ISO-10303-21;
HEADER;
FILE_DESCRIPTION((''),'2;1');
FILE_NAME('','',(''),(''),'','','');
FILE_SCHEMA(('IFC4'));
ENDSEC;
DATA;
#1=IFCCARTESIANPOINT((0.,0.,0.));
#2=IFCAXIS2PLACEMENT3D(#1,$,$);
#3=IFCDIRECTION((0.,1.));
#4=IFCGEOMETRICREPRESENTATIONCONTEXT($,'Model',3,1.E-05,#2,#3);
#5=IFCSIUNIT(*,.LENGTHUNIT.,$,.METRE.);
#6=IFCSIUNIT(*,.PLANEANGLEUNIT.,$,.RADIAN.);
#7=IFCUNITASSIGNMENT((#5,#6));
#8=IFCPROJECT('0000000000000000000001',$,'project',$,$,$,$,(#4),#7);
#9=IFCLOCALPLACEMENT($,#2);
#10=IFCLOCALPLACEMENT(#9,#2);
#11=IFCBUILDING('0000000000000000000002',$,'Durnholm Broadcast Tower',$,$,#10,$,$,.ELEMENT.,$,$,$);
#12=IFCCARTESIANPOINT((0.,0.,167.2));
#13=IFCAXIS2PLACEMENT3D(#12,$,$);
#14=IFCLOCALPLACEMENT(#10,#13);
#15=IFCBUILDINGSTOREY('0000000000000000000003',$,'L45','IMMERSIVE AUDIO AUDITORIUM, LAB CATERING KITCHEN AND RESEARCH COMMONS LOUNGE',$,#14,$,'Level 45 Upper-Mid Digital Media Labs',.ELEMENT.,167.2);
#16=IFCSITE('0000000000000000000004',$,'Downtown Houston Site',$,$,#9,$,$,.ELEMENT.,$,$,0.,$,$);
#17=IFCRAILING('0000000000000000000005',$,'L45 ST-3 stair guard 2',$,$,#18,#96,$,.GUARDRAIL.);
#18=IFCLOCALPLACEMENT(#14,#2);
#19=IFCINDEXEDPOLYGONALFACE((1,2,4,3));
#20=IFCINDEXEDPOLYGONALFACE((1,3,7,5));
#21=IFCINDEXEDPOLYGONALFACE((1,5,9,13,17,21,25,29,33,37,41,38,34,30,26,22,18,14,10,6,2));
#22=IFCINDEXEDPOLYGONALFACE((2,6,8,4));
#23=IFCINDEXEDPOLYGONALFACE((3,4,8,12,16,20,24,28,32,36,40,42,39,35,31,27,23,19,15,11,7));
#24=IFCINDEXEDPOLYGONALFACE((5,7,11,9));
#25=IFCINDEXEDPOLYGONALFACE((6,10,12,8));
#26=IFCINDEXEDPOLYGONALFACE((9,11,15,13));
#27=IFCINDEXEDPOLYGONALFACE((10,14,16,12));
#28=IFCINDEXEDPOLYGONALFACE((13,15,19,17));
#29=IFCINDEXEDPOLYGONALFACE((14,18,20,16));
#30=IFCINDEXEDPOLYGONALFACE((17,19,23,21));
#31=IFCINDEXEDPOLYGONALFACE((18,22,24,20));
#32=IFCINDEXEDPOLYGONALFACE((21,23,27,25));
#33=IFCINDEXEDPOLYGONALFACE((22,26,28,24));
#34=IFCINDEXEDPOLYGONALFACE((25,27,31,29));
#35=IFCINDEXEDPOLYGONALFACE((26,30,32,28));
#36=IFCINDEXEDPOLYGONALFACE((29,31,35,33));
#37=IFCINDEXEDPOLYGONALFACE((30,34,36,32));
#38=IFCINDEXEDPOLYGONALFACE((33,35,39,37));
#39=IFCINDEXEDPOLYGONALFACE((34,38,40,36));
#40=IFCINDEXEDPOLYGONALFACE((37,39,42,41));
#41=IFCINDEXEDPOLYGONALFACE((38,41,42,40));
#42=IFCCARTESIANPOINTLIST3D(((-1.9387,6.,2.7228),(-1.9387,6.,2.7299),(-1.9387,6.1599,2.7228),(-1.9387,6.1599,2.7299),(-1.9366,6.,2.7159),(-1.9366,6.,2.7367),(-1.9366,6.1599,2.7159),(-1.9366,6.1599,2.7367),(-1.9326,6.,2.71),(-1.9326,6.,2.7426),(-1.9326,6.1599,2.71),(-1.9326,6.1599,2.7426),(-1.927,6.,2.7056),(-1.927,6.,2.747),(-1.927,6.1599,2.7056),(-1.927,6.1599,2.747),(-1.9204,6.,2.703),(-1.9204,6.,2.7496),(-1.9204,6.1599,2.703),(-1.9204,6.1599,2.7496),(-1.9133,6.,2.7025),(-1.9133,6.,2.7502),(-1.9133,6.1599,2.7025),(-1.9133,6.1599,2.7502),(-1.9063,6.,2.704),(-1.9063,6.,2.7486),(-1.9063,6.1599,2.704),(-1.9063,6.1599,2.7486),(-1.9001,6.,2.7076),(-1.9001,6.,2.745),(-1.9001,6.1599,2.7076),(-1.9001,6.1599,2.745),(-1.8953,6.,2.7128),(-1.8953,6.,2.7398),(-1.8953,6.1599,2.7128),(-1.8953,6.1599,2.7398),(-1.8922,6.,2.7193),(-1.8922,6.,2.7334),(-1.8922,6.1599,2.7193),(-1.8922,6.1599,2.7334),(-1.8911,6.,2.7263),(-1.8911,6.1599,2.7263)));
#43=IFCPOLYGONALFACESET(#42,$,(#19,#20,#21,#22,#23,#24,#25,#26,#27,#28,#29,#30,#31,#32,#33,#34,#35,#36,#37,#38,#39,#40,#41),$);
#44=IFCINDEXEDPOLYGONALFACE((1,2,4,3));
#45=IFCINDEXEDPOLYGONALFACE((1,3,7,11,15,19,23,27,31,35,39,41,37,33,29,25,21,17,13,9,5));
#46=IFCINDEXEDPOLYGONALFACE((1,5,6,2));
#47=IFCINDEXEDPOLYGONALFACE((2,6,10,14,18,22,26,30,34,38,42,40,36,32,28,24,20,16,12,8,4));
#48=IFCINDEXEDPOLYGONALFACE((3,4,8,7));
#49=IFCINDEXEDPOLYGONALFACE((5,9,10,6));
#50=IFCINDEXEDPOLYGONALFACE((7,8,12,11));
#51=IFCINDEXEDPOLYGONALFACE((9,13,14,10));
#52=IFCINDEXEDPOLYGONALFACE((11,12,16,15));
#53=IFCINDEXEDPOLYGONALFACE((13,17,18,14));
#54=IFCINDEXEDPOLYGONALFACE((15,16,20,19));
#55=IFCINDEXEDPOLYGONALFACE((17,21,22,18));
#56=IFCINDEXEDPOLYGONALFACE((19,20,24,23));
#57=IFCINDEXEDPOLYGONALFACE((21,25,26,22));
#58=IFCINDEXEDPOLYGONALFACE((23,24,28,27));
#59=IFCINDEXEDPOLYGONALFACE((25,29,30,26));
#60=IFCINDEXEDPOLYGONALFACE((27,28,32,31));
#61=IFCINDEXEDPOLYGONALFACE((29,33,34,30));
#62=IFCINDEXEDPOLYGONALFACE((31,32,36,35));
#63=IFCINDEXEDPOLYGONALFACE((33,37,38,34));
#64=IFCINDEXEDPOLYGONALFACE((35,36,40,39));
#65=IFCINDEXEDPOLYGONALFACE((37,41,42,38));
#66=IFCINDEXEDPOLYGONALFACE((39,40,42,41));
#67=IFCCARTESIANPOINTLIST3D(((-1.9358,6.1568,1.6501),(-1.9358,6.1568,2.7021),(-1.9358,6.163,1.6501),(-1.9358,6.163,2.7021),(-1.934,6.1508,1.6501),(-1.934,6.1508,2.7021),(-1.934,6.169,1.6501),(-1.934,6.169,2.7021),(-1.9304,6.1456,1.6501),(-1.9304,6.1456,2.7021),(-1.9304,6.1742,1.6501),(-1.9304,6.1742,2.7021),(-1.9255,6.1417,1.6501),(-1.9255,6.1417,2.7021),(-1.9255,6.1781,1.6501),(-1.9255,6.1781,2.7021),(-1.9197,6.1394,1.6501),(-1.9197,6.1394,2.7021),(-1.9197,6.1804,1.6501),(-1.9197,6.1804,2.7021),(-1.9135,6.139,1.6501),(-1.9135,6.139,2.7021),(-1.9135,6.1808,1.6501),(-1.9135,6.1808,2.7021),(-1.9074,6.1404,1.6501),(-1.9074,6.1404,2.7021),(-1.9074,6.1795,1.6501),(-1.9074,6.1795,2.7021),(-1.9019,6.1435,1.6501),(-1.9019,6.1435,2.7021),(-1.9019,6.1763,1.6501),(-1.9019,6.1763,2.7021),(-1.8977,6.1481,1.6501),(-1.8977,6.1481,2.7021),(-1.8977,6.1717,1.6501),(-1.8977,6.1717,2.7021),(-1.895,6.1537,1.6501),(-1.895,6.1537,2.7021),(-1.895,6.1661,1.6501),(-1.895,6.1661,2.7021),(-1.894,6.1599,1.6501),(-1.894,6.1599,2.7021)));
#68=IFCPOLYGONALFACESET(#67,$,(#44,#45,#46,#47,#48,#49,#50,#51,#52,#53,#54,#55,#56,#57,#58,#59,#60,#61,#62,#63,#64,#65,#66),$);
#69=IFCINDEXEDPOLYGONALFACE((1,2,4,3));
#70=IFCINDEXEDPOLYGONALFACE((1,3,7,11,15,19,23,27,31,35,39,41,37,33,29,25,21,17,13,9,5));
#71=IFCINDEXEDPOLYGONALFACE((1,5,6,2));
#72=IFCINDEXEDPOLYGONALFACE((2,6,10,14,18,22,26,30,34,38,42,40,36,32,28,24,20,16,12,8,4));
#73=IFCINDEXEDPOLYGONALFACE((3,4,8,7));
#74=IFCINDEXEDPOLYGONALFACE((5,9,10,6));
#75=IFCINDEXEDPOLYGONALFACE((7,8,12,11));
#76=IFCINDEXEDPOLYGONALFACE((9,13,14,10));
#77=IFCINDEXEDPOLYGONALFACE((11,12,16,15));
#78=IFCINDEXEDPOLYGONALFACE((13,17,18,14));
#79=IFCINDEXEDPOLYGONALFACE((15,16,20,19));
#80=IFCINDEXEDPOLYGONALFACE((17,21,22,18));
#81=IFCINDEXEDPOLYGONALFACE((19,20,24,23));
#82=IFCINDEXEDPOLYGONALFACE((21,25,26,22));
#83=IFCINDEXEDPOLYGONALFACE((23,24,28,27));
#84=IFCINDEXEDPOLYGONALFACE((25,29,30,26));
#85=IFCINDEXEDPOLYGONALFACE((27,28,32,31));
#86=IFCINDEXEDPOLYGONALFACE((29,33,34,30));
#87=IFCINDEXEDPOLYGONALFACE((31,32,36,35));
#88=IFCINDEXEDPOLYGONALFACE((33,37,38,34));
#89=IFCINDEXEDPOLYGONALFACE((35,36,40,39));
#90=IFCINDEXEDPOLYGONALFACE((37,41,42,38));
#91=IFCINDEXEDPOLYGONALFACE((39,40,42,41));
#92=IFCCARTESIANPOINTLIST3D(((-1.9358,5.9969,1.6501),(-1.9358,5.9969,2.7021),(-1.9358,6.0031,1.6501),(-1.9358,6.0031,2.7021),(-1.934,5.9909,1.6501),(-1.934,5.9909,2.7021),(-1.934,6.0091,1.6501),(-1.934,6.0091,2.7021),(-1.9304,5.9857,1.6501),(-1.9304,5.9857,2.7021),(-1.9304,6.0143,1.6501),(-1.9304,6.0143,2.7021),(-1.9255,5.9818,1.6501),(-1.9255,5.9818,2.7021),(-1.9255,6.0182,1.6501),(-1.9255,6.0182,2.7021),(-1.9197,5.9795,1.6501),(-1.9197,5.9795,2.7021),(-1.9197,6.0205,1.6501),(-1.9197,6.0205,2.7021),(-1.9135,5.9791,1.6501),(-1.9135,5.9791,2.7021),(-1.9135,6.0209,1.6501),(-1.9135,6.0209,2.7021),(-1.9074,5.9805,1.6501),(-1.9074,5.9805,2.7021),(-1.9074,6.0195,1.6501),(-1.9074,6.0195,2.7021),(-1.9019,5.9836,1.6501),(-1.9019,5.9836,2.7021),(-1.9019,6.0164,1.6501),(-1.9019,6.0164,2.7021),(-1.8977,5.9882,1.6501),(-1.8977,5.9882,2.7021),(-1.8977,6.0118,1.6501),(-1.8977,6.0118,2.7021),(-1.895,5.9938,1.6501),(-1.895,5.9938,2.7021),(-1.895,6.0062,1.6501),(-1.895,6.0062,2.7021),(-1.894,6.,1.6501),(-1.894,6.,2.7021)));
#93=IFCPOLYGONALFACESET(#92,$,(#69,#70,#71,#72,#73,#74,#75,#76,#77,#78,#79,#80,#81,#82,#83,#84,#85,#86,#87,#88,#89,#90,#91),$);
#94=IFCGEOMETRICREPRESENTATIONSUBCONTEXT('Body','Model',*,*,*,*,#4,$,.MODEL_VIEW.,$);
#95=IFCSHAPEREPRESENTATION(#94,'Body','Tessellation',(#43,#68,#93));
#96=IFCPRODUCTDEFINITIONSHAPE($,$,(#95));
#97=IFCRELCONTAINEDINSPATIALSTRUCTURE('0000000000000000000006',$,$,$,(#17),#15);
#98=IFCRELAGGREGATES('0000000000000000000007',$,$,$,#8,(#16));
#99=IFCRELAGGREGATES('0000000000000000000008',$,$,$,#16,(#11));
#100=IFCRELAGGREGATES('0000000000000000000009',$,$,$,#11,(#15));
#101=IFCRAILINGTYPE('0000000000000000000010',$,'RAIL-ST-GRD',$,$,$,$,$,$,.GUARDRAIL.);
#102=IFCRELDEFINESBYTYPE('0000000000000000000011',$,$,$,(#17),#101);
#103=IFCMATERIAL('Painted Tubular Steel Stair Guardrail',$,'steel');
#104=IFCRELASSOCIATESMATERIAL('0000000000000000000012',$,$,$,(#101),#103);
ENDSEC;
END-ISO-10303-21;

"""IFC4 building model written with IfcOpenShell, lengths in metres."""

from ifc_helpers import new_model, si_unit, direction, frame, origin, origin_2d, place, context, subcontext, project, spatial, circle, extrude, material, type_object, element, save


model = new_model("IFC4")

# Units and contexts
model_context = context("Model", 3, precision=1e-05, world=origin(), true_north=direction((0.0, 1.0)))
body_context = subcontext(model_context, "Body", "Model", "MODEL_VIEW")
ifc_project = project(units=[si_unit("LENGTHUNIT", "METRE"), si_unit("PLANEANGLEUNIT", "RADIAN")], contexts=[model_context])

# Site, building, storey
site_placement = place(None, origin())
site = spatial("IfcSite", under=ifc_project, at=site_placement, Name="Downtown Houston Site", CompositionType="ELEMENT", RefElevation=0.0)
building_placement = place(site_placement, origin())
building = spatial("IfcBuilding", under=site, at=building_placement, Name="Durnholm Broadcast Tower", CompositionType="ELEMENT")
storey_placement = place(building_placement, frame((0.0, 0.0, 167.2)))
storey = spatial("IfcBuildingStorey", under=building, at=storey_placement, Name="L45", Description="IMMERSIVE AUDIO AUDITORIUM, LAB CATERING KITCHEN AND RESEARCH COMMONS LOUNGE", LongName="Level 45 Upper-Mid Digital Media Labs", CompositionType="ELEMENT", Elevation=167.2)

# Railing
ifc_material_1 = material(Name="Painted Tubular Steel Stair Guardrail", Category="steel")
railing_type_1 = type_object("IfcRailingType", Name="RAIL-ST-GRD", PredefinedType="GUARDRAIL", material=ifc_material_1)
railing_1_placement = place(storey_placement, frame((-1.915, 6.1599, 1.6501)))
element("IfcRailing", 1, at=railing_1_placement, inside=storey, type_object=railing_type_1, Name="L45 ST-3 stair guard 2", PredefinedType="GUARDRAIL", context=body_context, shape_type="SweptSolid", body=[
    extrude(circle(Radius=0.0239, at=origin_2d()), frame((0.0, 0.0, 1.0762), z_axis=(0.0, -1.0, 0.0), x_axis=(1.0, 0.0, 0.0)), (0.0, 0.0, 1.0), 0.1599),
    extrude(circle(Radius=0.021, at=origin_2d()), origin(), (0.0, 0.0, 1.0), 1.052),
    extrude(circle(Radius=0.021, at=origin_2d()), frame((0.0, -0.1599, 0.0)), (0.0, 0.0, 1.0), 1.052),
])

save(model, "model.ifc")
